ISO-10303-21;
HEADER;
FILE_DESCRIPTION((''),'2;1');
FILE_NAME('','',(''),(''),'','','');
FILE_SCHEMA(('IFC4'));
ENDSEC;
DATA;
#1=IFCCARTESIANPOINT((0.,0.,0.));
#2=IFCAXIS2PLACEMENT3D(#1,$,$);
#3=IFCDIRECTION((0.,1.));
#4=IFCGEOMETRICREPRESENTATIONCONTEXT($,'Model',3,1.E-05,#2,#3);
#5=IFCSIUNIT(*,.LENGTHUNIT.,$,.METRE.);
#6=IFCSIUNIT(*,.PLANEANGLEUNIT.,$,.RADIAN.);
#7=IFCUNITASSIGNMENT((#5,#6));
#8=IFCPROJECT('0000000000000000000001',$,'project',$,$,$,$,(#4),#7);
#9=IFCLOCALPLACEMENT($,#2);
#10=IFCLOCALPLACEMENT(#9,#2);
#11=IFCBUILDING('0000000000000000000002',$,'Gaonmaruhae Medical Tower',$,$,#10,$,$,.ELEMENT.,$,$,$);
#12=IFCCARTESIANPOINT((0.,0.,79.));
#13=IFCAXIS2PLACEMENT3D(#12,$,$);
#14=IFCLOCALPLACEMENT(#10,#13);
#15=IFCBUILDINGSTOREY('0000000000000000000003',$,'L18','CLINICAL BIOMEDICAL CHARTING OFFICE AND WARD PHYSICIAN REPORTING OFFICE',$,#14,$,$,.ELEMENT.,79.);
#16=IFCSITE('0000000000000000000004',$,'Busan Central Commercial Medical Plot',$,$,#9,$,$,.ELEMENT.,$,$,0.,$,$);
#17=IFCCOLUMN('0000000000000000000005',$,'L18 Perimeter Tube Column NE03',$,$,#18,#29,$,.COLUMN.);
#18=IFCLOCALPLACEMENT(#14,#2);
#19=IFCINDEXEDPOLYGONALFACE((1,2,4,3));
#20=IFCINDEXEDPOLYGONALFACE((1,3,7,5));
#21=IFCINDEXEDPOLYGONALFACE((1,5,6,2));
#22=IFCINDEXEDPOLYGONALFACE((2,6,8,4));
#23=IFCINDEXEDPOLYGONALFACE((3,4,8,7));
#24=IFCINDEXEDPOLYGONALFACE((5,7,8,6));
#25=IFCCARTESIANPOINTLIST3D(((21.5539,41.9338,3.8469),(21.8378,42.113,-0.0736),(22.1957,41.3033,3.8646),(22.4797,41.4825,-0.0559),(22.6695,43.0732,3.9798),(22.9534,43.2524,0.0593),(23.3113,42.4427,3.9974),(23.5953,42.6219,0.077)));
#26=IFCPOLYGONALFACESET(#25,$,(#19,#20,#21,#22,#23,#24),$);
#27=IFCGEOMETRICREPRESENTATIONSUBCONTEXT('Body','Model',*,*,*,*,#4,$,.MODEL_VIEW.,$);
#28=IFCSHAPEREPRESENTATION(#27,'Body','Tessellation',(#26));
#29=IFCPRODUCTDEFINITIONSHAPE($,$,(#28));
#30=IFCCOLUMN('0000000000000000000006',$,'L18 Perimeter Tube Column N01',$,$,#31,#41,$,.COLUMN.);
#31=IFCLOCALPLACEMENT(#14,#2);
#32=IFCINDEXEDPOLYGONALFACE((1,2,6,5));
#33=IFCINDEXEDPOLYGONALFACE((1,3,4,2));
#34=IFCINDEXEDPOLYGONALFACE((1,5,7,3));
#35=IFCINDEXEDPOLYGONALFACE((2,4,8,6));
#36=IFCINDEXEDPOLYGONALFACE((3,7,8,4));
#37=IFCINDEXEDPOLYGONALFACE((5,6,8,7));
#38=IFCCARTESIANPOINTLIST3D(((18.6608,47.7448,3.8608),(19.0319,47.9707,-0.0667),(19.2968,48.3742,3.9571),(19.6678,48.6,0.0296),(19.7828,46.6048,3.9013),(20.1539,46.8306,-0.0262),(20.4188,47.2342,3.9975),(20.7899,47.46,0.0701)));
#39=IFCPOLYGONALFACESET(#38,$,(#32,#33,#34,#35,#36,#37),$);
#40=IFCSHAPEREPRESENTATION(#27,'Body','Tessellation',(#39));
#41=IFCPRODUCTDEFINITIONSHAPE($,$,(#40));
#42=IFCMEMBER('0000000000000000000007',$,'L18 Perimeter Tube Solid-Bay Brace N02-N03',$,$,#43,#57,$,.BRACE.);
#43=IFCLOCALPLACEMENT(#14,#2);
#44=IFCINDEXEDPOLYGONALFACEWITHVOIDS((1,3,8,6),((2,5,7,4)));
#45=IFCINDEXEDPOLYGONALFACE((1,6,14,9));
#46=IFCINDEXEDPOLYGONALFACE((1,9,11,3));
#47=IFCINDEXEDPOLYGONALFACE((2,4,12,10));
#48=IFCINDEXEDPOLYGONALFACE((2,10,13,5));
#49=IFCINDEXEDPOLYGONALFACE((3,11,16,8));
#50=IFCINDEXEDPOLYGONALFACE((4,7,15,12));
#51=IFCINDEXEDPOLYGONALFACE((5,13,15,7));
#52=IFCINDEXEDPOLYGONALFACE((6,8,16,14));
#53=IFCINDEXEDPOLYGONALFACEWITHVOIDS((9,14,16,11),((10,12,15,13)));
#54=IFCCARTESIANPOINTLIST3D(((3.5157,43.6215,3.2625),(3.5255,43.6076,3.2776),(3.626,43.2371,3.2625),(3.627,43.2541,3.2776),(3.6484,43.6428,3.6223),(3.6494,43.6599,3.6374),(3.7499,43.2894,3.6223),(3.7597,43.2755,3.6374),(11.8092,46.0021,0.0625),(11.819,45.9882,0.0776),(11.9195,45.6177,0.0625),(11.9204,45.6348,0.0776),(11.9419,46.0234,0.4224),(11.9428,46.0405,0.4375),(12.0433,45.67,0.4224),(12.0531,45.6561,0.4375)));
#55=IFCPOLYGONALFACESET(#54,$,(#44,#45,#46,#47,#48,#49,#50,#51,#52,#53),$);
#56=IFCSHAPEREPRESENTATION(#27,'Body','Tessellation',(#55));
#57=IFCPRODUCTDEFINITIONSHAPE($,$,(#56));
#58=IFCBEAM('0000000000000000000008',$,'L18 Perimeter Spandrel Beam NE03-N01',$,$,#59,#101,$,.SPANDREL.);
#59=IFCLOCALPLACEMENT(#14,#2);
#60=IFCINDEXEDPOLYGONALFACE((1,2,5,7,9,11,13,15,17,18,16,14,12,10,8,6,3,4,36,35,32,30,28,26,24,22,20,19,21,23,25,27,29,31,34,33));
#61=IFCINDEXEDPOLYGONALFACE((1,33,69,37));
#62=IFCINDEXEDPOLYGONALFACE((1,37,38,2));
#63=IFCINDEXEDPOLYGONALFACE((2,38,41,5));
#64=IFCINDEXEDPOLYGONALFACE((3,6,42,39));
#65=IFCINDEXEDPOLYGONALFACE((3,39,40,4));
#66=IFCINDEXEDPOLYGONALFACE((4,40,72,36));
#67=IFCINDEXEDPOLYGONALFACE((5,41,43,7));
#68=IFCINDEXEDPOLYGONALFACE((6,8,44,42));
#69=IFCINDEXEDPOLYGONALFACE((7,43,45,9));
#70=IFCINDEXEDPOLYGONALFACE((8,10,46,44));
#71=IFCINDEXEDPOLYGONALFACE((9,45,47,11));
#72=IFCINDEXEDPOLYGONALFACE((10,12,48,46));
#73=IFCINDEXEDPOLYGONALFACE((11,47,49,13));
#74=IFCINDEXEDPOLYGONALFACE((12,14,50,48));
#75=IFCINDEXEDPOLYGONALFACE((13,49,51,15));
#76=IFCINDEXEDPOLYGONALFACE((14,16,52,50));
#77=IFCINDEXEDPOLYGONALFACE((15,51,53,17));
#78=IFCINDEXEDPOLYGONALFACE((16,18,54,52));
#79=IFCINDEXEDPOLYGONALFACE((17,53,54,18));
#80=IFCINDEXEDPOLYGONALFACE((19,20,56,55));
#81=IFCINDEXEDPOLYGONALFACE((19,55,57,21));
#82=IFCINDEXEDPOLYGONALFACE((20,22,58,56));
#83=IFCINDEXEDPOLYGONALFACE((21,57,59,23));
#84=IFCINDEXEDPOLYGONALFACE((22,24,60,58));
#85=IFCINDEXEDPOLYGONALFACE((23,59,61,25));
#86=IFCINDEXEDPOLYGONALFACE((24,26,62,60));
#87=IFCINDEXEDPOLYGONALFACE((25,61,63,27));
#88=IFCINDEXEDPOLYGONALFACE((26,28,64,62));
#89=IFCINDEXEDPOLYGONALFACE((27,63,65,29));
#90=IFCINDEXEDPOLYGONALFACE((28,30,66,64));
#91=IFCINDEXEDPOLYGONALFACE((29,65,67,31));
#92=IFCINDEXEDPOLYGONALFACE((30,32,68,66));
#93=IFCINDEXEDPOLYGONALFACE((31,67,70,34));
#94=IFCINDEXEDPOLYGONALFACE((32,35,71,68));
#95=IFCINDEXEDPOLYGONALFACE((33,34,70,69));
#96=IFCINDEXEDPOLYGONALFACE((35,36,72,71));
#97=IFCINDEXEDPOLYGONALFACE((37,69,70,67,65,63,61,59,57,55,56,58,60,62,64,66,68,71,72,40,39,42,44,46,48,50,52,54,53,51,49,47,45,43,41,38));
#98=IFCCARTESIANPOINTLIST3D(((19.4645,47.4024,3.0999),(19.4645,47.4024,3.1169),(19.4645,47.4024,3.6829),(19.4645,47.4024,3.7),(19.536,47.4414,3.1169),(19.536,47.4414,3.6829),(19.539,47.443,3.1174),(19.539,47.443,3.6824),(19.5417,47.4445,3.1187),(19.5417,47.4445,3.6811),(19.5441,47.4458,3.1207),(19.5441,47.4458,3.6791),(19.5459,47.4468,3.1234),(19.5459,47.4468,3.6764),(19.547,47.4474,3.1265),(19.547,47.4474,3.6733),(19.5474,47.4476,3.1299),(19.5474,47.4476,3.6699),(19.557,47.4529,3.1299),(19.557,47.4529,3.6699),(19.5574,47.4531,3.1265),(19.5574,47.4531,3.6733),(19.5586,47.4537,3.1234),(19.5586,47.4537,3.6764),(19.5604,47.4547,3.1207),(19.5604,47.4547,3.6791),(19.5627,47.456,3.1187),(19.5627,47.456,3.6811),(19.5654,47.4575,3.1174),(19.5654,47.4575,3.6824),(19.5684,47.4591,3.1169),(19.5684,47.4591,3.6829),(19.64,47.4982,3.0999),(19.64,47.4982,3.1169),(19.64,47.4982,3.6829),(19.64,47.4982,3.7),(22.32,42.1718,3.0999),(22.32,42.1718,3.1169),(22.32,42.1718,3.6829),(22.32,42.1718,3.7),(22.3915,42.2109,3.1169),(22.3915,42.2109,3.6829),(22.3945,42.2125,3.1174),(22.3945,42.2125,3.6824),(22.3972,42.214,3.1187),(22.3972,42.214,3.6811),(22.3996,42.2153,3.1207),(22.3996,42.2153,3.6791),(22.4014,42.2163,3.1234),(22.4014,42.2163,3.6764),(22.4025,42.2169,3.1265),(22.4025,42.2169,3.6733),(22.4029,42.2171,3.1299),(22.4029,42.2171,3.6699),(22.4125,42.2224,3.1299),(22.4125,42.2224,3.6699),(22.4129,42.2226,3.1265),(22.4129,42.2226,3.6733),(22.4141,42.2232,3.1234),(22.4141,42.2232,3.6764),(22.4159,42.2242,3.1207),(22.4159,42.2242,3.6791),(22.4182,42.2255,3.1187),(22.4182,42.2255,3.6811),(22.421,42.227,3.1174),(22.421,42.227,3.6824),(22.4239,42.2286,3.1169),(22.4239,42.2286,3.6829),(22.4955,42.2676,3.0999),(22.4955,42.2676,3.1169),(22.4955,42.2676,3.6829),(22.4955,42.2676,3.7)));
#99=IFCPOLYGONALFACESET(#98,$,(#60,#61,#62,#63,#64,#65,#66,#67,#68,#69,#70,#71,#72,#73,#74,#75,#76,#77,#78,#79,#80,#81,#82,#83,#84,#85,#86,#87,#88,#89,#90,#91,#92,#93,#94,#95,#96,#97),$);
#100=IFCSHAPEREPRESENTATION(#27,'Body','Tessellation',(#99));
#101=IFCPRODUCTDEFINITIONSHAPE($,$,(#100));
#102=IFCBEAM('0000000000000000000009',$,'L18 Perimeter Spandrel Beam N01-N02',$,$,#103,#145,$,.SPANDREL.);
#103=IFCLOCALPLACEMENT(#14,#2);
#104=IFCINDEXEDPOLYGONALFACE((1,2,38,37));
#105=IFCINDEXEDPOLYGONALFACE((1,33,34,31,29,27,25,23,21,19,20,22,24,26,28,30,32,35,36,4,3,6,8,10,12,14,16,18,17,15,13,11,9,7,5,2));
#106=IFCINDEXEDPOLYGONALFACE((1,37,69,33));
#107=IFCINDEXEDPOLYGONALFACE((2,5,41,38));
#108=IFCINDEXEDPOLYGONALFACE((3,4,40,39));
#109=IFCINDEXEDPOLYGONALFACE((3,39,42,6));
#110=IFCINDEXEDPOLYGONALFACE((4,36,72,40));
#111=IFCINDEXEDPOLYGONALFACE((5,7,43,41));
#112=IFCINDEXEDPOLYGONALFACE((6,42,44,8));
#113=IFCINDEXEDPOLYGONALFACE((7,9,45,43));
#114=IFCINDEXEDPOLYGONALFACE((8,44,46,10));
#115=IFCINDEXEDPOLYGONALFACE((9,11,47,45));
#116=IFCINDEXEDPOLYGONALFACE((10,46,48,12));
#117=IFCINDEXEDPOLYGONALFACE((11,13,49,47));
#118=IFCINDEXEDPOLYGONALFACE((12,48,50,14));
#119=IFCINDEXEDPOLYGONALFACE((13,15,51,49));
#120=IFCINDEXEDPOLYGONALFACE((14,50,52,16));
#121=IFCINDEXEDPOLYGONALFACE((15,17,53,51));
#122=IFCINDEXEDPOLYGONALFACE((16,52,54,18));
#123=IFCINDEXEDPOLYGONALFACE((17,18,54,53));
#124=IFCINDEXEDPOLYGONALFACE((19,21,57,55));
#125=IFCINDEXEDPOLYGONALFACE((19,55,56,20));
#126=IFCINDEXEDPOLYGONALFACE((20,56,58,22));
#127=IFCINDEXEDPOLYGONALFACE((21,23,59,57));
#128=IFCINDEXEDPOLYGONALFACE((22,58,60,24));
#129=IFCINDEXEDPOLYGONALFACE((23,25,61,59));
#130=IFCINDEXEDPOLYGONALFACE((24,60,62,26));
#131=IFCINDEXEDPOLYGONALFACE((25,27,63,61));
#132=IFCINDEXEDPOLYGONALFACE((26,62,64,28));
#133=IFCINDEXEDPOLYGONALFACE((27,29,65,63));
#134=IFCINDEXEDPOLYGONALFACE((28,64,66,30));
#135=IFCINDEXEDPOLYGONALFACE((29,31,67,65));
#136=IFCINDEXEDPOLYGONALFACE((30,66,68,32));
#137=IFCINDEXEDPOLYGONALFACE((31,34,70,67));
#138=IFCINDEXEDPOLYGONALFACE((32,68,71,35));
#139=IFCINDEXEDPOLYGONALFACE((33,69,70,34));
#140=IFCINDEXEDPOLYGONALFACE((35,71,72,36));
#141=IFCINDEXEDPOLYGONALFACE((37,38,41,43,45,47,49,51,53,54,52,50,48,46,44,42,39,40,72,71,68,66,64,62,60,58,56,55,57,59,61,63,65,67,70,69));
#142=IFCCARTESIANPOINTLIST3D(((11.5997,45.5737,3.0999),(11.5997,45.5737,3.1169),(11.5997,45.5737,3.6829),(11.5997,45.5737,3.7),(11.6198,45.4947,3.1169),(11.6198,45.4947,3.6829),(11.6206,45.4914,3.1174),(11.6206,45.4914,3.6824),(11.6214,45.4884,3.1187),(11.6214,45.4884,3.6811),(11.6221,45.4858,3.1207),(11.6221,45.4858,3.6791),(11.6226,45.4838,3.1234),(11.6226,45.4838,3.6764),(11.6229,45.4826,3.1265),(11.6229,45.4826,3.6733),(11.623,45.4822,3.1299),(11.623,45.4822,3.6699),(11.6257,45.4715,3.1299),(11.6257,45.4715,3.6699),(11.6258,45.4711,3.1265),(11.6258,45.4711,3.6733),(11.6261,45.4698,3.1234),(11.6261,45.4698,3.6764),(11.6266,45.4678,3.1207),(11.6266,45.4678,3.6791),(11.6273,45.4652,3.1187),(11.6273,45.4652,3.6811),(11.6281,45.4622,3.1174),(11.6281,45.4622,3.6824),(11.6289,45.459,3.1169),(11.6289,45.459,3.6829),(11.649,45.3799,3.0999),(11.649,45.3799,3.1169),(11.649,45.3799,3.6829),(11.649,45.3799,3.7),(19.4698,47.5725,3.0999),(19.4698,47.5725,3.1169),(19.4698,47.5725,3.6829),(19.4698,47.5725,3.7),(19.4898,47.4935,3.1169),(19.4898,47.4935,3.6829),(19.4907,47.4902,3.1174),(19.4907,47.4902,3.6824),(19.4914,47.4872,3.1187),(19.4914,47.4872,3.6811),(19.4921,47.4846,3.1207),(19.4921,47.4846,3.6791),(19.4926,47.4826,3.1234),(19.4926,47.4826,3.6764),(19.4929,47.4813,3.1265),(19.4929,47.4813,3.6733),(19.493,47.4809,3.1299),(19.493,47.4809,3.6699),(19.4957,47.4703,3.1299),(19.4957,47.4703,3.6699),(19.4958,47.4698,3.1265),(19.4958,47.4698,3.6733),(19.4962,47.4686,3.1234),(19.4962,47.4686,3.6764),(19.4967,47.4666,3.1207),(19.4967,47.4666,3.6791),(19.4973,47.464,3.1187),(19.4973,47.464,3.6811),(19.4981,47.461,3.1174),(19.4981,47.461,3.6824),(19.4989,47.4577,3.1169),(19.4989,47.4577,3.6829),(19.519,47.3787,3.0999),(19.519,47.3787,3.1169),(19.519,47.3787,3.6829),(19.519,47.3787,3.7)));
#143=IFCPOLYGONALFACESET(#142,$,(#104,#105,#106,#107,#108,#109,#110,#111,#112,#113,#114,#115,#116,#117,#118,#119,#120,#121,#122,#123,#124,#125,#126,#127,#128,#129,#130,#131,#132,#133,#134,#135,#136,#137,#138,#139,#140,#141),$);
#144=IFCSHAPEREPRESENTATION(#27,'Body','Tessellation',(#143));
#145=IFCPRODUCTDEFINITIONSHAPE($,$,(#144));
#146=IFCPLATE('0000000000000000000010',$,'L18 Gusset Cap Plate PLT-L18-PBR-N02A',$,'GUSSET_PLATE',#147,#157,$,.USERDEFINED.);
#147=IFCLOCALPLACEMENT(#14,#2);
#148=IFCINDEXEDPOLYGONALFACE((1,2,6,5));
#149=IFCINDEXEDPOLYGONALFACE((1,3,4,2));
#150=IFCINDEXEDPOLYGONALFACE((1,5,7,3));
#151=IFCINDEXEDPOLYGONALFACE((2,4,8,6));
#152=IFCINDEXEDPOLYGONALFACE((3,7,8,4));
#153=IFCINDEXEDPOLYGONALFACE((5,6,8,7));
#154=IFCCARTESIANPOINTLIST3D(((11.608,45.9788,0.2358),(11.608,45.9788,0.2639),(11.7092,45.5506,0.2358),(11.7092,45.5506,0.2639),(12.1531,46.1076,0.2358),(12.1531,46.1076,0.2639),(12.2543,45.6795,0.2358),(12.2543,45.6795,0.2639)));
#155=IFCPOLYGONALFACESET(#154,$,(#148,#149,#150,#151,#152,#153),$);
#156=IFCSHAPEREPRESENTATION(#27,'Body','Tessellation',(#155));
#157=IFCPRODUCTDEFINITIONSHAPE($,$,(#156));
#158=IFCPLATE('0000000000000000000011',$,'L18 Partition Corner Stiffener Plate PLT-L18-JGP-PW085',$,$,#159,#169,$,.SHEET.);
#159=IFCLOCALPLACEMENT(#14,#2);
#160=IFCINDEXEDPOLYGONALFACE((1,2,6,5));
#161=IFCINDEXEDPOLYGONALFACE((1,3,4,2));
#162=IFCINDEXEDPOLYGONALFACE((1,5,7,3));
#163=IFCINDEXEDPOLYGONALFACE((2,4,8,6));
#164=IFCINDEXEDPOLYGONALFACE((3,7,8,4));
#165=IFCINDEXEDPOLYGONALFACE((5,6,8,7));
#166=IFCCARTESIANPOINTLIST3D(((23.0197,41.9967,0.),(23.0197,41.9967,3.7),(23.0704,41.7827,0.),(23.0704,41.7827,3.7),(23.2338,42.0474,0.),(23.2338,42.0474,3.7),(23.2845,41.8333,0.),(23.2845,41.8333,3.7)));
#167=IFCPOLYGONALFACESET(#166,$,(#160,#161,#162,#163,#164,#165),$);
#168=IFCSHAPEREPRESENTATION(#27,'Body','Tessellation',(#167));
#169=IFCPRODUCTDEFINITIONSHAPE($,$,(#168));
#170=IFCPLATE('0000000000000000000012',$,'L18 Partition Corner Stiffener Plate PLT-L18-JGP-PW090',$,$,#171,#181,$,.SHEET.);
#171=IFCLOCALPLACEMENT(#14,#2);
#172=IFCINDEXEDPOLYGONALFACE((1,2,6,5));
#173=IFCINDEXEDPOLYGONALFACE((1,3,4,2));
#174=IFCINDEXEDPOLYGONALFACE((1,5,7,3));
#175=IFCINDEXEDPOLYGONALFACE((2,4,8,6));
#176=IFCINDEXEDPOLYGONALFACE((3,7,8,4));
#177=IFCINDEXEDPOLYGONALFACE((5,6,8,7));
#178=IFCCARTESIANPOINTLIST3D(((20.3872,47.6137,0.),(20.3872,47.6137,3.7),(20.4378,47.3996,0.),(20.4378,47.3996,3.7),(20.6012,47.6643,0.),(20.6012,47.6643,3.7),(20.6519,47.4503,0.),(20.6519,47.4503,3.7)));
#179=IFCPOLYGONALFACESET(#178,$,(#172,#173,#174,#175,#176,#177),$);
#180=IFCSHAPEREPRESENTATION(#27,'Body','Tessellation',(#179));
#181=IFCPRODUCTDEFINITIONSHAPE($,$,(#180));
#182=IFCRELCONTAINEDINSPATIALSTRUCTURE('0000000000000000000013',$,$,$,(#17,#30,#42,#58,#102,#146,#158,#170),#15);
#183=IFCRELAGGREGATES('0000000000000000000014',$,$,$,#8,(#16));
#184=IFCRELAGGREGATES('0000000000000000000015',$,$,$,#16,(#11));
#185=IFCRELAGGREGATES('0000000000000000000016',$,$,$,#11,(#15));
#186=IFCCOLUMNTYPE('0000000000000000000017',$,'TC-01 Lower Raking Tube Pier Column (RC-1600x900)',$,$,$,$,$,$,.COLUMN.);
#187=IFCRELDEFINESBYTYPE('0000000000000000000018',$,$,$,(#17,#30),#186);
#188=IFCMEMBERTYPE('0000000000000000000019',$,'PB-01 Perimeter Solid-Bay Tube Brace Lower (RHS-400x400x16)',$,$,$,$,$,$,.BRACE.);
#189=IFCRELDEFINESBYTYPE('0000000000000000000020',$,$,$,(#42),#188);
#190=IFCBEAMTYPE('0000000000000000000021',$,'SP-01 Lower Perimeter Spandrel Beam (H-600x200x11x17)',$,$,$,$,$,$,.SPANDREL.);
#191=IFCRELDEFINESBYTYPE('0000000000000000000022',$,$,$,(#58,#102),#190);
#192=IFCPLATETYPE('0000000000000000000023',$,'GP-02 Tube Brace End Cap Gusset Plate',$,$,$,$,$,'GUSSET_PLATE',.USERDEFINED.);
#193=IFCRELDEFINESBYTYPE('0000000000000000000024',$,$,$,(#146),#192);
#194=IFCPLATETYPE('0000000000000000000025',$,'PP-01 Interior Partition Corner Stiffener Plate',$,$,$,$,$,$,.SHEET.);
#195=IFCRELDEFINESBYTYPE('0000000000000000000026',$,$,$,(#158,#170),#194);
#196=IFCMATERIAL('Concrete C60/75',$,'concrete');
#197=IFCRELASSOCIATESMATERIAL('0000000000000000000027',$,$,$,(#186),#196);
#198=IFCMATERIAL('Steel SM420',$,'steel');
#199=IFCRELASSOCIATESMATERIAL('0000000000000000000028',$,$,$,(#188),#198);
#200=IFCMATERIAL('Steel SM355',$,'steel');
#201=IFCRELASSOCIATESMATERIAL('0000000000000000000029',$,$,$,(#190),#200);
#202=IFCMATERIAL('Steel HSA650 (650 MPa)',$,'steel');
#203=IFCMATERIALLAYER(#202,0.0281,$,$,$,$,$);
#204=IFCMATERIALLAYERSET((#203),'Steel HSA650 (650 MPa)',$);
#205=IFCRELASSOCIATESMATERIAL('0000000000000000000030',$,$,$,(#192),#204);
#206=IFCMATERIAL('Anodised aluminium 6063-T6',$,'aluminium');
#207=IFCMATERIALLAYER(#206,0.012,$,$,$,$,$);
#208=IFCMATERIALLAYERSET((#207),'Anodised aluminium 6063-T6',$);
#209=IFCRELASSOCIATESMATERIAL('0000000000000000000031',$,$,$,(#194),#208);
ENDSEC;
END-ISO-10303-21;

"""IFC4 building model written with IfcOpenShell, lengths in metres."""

from ifc_helpers import new_model, si_unit, direction, frame, origin, origin_2d, place, context, subcontext, project, spatial, rectangle, hollow_rectangle, i_section, extrude, material, layer, layer_set, material_profile, profile_set, type_object, element, save


model = new_model("IFC4")

# Units and contexts
model_context = context("Model", 3, precision=1e-05, world=origin(), true_north=direction((0.0, 1.0)))
body_context = subcontext(model_context, "Body", "Model", "MODEL_VIEW")
ifc_project = project(units=[si_unit("LENGTHUNIT", "METRE"), si_unit("PLANEANGLEUNIT", "RADIAN")], contexts=[model_context])

# Site, building, storey
site_placement = place(None, origin())
site = spatial("IfcSite", under=ifc_project, at=site_placement, Name="Busan Central Commercial Medical Plot", CompositionType="ELEMENT", RefElevation=0.0)
building_placement = place(site_placement, origin())
building = spatial("IfcBuilding", under=site, at=building_placement, Name="Gaonmaruhae Medical Tower", CompositionType="ELEMENT")
storey_placement = place(building_placement, frame((0.0, 0.0, 79.0)))
storey = spatial("IfcBuildingStorey", under=building, at=storey_placement, Name="L18", Description="CLINICAL BIOMEDICAL CHARTING OFFICE AND WARD PHYSICIAN REPORTING OFFICE", CompositionType="ELEMENT", Elevation=79.0)

# Columns
ifc_material_1 = material(Name="Concrete C60/75", Category="concrete")
ifc_material_profile_1 = material_profile(ifc_material_1, rectangle(XDim=1.6001, YDim=0.8999, at=origin_2d()), Name="RC-1600x900")
ifc_profile_set_1 = profile_set([ifc_material_profile_1], Name="Concrete C60/75")
column_type = type_object("IfcColumnType", Name="TC-01 Lower Raking Tube Pier Column (RC-1600x900)", PredefinedType="COLUMN", material=ifc_profile_set_1)
column_1_placement = place(storey_placement, frame((22.7166, 42.3674, 0.0017), z_axis=(-0.072161, -0.045543, 0.996353), x_axis=(0.697196, 0.712054, 0.083042)))
element("IfcColumn", 1, at=column_1_placement, inside=storey, type_object=column_type, Name="L18 Perimeter Tube Column NE03", PredefinedType="COLUMN", context=body_context, shape_type="SweptSolid", body=[
    extrude(rectangle(XDim=1.6001, YDim=0.8999, at=origin_2d()), origin(), (0.0, 0.0, 1.0), 3.9348),
])
column_2_placement = place(storey_placement, frame((19.9109, 47.7153, 0.0017), z_axis=(-0.093914, -0.057151, 0.993939), x_axis=(0.701244, -0.712473, 0.025291)))
element("IfcColumn", 2, at=column_2_placement, inside=storey, type_object=column_type, Name="L18 Perimeter Tube Column N01", PredefinedType="COLUMN", context=body_context, shape_type="SweptSolid", body=[
    extrude(rectangle(XDim=1.6001, YDim=0.8999, at=origin_2d()), origin(), (0.0, 0.0, 1.0), 3.9514),
])

# Member
ifc_material_2 = material(Name="Steel SM420", Category="steel")
ifc_material_profile_2 = material_profile(ifc_material_2, hollow_rectangle(XDim=0.3999, YDim=0.3999, WallThickness=0.0161, at=origin_2d()), Name="RHS-400x400x16")
ifc_profile_set_2 = profile_set([ifc_material_profile_2], Name="Steel SM420")
member_type = type_object("IfcMemberType", Name="PB-01 Perimeter Solid-Bay Tube Brace Lower (RHS-400x400x16)", PredefinedType="BRACE", material=ifc_profile_set_2)
member_placement = place(storey_placement, frame((11.9312, 45.8291, 0.25), z_axis=(-0.901205, -0.258689, 0.347721), x_axis=(0.275906, -0.961185, 0.0)))
element("IfcMember", 3, at=member_placement, inside=storey, type_object=member_type, Name="L18 Perimeter Tube Solid-Bay Brace N02-N03", PredefinedType="BRACE", context=body_context, shape_type="SweptSolid", body=[
    extrude(hollow_rectangle(XDim=0.3999, YDim=0.3999, WallThickness=0.0161, at=origin_2d()), origin(), (0.0, 0.0, 1.0), 9.2026),
])

# Beams
ifc_material_3 = material(Name="Steel SM355", Category="steel")
ifc_material_profile_3 = material_profile(ifc_material_3, i_section(OverallWidth=0.2, OverallDepth=0.6001, WebThickness=0.011, FlangeThickness=0.0171, FilletRadius=0.0129, at=origin_2d()), Name="H-600x200x11x17")
ifc_profile_set_3 = profile_set([ifc_material_profile_3], Name="Steel SM355")
beam_type = type_object("IfcBeamType", Name="SP-01 Lower Perimeter Spandrel Beam (H-600x200x11x17)", PredefinedType="SPANDREL", material=ifc_profile_set_3)
beam_1_placement = place(storey_placement, frame((22.4077, 42.2197, 3.3999), z_axis=(-0.479174, 0.87772, 0.0), x_axis=(-0.87772, -0.479174, 0.0)))
element("IfcBeam", 4, at=beam_1_placement, inside=storey, type_object=beam_type, Name="L18 Perimeter Spandrel Beam NE03-N01", PredefinedType="SPANDREL", context=body_context, shape_type="SweptSolid", body=[
    extrude(i_section(OverallWidth=0.2, OverallDepth=0.6001, WebThickness=0.011, FlangeThickness=0.0171, FilletRadius=0.0129, at=origin_2d()), origin(), (0.0, 0.0, 1.0), 5.9592),
])
beam_2_placement = place(storey_placement, frame((19.4944, 47.4756, 3.3999), z_axis=(-0.96923, -0.246156, 0.0), x_axis=(0.246156, -0.96923, 0.0)))
element("IfcBeam", 5, at=beam_2_placement, inside=storey, type_object=beam_type, Name="L18 Perimeter Spandrel Beam N01-N02", PredefinedType="SPANDREL", context=body_context, shape_type="SweptSolid", body=[
    extrude(i_section(OverallWidth=0.2, OverallDepth=0.6001, WebThickness=0.011, FlangeThickness=0.0171, FilletRadius=0.0129, at=origin_2d()), origin(), (0.0, 0.0, 1.0), 8.1199),
])

# Plates
ifc_material_4 = material(Name="Steel HSA650 (650 MPa)", Category="steel")
ifc_layer_1 = layer(ifc_material_4, 0.0281)
ifc_layer_set_1 = layer_set([ifc_layer_1], Name="Steel HSA650 (650 MPa)")
plate_type_1 = type_object("IfcPlateType", Name="GP-02 Tube Brace End Cap Gusset Plate", ElementType="GUSSET_PLATE", PredefinedType="USERDEFINED", material=ifc_layer_set_1)
plate_placement = place(storey_placement, frame((11.9312, 45.8291, 0.2358), z_axis=(0.0, 0.0, 1.0), x_axis=(0.973179, 0.23005, 0.0)))
element("IfcPlate", 6, at=plate_placement, inside=storey, type_object=plate_type_1, Name="L18 Gusset Cap Plate PLT-L18-PBR-N02A", ObjectType="GUSSET_PLATE", PredefinedType="USERDEFINED", context=body_context, shape_type="SweptSolid", body=[
    extrude(rectangle(XDim=0.5601, YDim=0.4399, at=origin_2d()), origin(), (0.0, 0.0, 1.0), 0.0281),
])
ifc_material_5 = material(Name="Anodised aluminium 6063-T6", Category="aluminium")
ifc_layer_2 = layer(ifc_material_5, 0.012)
ifc_layer_set_2 = layer_set([ifc_layer_2], Name="Anodised aluminium 6063-T6")
plate_type_2 = type_object("IfcPlateType", Name="PP-01 Interior Partition Corner Stiffener Plate", PredefinedType="SHEET", material=ifc_layer_set_2)
for number, where, z_axis, x_axis, name in (
    (7, (23.1521, 41.915, 0.0), (0.0, 0.0, 1.0), (0.973131, 0.230254, 0.0), "L18 Partition Corner Stiffener Plate PLT-L18-JGP-PW085"),
    (8, (20.5195, 47.532, 0.0), (0.0, 0.0, 1.0), (0.230203, -0.973143, 0.0), "L18 Partition Corner Stiffener Plate PLT-L18-JGP-PW090"),
):
    element("IfcPlate", number, at=place(storey_placement, frame(where, z_axis=z_axis, x_axis=x_axis)), inside=storey, type_object=plate_type_2, Name=name, PredefinedType="SHEET", context=body_context, shape_type="SweptSolid", body=[
        extrude(rectangle(XDim=0.22, YDim=0.22, at=origin_2d()), origin(), (0.0, 0.0, 1.0), 3.7),
    ])

save(model, "model.ifc")
